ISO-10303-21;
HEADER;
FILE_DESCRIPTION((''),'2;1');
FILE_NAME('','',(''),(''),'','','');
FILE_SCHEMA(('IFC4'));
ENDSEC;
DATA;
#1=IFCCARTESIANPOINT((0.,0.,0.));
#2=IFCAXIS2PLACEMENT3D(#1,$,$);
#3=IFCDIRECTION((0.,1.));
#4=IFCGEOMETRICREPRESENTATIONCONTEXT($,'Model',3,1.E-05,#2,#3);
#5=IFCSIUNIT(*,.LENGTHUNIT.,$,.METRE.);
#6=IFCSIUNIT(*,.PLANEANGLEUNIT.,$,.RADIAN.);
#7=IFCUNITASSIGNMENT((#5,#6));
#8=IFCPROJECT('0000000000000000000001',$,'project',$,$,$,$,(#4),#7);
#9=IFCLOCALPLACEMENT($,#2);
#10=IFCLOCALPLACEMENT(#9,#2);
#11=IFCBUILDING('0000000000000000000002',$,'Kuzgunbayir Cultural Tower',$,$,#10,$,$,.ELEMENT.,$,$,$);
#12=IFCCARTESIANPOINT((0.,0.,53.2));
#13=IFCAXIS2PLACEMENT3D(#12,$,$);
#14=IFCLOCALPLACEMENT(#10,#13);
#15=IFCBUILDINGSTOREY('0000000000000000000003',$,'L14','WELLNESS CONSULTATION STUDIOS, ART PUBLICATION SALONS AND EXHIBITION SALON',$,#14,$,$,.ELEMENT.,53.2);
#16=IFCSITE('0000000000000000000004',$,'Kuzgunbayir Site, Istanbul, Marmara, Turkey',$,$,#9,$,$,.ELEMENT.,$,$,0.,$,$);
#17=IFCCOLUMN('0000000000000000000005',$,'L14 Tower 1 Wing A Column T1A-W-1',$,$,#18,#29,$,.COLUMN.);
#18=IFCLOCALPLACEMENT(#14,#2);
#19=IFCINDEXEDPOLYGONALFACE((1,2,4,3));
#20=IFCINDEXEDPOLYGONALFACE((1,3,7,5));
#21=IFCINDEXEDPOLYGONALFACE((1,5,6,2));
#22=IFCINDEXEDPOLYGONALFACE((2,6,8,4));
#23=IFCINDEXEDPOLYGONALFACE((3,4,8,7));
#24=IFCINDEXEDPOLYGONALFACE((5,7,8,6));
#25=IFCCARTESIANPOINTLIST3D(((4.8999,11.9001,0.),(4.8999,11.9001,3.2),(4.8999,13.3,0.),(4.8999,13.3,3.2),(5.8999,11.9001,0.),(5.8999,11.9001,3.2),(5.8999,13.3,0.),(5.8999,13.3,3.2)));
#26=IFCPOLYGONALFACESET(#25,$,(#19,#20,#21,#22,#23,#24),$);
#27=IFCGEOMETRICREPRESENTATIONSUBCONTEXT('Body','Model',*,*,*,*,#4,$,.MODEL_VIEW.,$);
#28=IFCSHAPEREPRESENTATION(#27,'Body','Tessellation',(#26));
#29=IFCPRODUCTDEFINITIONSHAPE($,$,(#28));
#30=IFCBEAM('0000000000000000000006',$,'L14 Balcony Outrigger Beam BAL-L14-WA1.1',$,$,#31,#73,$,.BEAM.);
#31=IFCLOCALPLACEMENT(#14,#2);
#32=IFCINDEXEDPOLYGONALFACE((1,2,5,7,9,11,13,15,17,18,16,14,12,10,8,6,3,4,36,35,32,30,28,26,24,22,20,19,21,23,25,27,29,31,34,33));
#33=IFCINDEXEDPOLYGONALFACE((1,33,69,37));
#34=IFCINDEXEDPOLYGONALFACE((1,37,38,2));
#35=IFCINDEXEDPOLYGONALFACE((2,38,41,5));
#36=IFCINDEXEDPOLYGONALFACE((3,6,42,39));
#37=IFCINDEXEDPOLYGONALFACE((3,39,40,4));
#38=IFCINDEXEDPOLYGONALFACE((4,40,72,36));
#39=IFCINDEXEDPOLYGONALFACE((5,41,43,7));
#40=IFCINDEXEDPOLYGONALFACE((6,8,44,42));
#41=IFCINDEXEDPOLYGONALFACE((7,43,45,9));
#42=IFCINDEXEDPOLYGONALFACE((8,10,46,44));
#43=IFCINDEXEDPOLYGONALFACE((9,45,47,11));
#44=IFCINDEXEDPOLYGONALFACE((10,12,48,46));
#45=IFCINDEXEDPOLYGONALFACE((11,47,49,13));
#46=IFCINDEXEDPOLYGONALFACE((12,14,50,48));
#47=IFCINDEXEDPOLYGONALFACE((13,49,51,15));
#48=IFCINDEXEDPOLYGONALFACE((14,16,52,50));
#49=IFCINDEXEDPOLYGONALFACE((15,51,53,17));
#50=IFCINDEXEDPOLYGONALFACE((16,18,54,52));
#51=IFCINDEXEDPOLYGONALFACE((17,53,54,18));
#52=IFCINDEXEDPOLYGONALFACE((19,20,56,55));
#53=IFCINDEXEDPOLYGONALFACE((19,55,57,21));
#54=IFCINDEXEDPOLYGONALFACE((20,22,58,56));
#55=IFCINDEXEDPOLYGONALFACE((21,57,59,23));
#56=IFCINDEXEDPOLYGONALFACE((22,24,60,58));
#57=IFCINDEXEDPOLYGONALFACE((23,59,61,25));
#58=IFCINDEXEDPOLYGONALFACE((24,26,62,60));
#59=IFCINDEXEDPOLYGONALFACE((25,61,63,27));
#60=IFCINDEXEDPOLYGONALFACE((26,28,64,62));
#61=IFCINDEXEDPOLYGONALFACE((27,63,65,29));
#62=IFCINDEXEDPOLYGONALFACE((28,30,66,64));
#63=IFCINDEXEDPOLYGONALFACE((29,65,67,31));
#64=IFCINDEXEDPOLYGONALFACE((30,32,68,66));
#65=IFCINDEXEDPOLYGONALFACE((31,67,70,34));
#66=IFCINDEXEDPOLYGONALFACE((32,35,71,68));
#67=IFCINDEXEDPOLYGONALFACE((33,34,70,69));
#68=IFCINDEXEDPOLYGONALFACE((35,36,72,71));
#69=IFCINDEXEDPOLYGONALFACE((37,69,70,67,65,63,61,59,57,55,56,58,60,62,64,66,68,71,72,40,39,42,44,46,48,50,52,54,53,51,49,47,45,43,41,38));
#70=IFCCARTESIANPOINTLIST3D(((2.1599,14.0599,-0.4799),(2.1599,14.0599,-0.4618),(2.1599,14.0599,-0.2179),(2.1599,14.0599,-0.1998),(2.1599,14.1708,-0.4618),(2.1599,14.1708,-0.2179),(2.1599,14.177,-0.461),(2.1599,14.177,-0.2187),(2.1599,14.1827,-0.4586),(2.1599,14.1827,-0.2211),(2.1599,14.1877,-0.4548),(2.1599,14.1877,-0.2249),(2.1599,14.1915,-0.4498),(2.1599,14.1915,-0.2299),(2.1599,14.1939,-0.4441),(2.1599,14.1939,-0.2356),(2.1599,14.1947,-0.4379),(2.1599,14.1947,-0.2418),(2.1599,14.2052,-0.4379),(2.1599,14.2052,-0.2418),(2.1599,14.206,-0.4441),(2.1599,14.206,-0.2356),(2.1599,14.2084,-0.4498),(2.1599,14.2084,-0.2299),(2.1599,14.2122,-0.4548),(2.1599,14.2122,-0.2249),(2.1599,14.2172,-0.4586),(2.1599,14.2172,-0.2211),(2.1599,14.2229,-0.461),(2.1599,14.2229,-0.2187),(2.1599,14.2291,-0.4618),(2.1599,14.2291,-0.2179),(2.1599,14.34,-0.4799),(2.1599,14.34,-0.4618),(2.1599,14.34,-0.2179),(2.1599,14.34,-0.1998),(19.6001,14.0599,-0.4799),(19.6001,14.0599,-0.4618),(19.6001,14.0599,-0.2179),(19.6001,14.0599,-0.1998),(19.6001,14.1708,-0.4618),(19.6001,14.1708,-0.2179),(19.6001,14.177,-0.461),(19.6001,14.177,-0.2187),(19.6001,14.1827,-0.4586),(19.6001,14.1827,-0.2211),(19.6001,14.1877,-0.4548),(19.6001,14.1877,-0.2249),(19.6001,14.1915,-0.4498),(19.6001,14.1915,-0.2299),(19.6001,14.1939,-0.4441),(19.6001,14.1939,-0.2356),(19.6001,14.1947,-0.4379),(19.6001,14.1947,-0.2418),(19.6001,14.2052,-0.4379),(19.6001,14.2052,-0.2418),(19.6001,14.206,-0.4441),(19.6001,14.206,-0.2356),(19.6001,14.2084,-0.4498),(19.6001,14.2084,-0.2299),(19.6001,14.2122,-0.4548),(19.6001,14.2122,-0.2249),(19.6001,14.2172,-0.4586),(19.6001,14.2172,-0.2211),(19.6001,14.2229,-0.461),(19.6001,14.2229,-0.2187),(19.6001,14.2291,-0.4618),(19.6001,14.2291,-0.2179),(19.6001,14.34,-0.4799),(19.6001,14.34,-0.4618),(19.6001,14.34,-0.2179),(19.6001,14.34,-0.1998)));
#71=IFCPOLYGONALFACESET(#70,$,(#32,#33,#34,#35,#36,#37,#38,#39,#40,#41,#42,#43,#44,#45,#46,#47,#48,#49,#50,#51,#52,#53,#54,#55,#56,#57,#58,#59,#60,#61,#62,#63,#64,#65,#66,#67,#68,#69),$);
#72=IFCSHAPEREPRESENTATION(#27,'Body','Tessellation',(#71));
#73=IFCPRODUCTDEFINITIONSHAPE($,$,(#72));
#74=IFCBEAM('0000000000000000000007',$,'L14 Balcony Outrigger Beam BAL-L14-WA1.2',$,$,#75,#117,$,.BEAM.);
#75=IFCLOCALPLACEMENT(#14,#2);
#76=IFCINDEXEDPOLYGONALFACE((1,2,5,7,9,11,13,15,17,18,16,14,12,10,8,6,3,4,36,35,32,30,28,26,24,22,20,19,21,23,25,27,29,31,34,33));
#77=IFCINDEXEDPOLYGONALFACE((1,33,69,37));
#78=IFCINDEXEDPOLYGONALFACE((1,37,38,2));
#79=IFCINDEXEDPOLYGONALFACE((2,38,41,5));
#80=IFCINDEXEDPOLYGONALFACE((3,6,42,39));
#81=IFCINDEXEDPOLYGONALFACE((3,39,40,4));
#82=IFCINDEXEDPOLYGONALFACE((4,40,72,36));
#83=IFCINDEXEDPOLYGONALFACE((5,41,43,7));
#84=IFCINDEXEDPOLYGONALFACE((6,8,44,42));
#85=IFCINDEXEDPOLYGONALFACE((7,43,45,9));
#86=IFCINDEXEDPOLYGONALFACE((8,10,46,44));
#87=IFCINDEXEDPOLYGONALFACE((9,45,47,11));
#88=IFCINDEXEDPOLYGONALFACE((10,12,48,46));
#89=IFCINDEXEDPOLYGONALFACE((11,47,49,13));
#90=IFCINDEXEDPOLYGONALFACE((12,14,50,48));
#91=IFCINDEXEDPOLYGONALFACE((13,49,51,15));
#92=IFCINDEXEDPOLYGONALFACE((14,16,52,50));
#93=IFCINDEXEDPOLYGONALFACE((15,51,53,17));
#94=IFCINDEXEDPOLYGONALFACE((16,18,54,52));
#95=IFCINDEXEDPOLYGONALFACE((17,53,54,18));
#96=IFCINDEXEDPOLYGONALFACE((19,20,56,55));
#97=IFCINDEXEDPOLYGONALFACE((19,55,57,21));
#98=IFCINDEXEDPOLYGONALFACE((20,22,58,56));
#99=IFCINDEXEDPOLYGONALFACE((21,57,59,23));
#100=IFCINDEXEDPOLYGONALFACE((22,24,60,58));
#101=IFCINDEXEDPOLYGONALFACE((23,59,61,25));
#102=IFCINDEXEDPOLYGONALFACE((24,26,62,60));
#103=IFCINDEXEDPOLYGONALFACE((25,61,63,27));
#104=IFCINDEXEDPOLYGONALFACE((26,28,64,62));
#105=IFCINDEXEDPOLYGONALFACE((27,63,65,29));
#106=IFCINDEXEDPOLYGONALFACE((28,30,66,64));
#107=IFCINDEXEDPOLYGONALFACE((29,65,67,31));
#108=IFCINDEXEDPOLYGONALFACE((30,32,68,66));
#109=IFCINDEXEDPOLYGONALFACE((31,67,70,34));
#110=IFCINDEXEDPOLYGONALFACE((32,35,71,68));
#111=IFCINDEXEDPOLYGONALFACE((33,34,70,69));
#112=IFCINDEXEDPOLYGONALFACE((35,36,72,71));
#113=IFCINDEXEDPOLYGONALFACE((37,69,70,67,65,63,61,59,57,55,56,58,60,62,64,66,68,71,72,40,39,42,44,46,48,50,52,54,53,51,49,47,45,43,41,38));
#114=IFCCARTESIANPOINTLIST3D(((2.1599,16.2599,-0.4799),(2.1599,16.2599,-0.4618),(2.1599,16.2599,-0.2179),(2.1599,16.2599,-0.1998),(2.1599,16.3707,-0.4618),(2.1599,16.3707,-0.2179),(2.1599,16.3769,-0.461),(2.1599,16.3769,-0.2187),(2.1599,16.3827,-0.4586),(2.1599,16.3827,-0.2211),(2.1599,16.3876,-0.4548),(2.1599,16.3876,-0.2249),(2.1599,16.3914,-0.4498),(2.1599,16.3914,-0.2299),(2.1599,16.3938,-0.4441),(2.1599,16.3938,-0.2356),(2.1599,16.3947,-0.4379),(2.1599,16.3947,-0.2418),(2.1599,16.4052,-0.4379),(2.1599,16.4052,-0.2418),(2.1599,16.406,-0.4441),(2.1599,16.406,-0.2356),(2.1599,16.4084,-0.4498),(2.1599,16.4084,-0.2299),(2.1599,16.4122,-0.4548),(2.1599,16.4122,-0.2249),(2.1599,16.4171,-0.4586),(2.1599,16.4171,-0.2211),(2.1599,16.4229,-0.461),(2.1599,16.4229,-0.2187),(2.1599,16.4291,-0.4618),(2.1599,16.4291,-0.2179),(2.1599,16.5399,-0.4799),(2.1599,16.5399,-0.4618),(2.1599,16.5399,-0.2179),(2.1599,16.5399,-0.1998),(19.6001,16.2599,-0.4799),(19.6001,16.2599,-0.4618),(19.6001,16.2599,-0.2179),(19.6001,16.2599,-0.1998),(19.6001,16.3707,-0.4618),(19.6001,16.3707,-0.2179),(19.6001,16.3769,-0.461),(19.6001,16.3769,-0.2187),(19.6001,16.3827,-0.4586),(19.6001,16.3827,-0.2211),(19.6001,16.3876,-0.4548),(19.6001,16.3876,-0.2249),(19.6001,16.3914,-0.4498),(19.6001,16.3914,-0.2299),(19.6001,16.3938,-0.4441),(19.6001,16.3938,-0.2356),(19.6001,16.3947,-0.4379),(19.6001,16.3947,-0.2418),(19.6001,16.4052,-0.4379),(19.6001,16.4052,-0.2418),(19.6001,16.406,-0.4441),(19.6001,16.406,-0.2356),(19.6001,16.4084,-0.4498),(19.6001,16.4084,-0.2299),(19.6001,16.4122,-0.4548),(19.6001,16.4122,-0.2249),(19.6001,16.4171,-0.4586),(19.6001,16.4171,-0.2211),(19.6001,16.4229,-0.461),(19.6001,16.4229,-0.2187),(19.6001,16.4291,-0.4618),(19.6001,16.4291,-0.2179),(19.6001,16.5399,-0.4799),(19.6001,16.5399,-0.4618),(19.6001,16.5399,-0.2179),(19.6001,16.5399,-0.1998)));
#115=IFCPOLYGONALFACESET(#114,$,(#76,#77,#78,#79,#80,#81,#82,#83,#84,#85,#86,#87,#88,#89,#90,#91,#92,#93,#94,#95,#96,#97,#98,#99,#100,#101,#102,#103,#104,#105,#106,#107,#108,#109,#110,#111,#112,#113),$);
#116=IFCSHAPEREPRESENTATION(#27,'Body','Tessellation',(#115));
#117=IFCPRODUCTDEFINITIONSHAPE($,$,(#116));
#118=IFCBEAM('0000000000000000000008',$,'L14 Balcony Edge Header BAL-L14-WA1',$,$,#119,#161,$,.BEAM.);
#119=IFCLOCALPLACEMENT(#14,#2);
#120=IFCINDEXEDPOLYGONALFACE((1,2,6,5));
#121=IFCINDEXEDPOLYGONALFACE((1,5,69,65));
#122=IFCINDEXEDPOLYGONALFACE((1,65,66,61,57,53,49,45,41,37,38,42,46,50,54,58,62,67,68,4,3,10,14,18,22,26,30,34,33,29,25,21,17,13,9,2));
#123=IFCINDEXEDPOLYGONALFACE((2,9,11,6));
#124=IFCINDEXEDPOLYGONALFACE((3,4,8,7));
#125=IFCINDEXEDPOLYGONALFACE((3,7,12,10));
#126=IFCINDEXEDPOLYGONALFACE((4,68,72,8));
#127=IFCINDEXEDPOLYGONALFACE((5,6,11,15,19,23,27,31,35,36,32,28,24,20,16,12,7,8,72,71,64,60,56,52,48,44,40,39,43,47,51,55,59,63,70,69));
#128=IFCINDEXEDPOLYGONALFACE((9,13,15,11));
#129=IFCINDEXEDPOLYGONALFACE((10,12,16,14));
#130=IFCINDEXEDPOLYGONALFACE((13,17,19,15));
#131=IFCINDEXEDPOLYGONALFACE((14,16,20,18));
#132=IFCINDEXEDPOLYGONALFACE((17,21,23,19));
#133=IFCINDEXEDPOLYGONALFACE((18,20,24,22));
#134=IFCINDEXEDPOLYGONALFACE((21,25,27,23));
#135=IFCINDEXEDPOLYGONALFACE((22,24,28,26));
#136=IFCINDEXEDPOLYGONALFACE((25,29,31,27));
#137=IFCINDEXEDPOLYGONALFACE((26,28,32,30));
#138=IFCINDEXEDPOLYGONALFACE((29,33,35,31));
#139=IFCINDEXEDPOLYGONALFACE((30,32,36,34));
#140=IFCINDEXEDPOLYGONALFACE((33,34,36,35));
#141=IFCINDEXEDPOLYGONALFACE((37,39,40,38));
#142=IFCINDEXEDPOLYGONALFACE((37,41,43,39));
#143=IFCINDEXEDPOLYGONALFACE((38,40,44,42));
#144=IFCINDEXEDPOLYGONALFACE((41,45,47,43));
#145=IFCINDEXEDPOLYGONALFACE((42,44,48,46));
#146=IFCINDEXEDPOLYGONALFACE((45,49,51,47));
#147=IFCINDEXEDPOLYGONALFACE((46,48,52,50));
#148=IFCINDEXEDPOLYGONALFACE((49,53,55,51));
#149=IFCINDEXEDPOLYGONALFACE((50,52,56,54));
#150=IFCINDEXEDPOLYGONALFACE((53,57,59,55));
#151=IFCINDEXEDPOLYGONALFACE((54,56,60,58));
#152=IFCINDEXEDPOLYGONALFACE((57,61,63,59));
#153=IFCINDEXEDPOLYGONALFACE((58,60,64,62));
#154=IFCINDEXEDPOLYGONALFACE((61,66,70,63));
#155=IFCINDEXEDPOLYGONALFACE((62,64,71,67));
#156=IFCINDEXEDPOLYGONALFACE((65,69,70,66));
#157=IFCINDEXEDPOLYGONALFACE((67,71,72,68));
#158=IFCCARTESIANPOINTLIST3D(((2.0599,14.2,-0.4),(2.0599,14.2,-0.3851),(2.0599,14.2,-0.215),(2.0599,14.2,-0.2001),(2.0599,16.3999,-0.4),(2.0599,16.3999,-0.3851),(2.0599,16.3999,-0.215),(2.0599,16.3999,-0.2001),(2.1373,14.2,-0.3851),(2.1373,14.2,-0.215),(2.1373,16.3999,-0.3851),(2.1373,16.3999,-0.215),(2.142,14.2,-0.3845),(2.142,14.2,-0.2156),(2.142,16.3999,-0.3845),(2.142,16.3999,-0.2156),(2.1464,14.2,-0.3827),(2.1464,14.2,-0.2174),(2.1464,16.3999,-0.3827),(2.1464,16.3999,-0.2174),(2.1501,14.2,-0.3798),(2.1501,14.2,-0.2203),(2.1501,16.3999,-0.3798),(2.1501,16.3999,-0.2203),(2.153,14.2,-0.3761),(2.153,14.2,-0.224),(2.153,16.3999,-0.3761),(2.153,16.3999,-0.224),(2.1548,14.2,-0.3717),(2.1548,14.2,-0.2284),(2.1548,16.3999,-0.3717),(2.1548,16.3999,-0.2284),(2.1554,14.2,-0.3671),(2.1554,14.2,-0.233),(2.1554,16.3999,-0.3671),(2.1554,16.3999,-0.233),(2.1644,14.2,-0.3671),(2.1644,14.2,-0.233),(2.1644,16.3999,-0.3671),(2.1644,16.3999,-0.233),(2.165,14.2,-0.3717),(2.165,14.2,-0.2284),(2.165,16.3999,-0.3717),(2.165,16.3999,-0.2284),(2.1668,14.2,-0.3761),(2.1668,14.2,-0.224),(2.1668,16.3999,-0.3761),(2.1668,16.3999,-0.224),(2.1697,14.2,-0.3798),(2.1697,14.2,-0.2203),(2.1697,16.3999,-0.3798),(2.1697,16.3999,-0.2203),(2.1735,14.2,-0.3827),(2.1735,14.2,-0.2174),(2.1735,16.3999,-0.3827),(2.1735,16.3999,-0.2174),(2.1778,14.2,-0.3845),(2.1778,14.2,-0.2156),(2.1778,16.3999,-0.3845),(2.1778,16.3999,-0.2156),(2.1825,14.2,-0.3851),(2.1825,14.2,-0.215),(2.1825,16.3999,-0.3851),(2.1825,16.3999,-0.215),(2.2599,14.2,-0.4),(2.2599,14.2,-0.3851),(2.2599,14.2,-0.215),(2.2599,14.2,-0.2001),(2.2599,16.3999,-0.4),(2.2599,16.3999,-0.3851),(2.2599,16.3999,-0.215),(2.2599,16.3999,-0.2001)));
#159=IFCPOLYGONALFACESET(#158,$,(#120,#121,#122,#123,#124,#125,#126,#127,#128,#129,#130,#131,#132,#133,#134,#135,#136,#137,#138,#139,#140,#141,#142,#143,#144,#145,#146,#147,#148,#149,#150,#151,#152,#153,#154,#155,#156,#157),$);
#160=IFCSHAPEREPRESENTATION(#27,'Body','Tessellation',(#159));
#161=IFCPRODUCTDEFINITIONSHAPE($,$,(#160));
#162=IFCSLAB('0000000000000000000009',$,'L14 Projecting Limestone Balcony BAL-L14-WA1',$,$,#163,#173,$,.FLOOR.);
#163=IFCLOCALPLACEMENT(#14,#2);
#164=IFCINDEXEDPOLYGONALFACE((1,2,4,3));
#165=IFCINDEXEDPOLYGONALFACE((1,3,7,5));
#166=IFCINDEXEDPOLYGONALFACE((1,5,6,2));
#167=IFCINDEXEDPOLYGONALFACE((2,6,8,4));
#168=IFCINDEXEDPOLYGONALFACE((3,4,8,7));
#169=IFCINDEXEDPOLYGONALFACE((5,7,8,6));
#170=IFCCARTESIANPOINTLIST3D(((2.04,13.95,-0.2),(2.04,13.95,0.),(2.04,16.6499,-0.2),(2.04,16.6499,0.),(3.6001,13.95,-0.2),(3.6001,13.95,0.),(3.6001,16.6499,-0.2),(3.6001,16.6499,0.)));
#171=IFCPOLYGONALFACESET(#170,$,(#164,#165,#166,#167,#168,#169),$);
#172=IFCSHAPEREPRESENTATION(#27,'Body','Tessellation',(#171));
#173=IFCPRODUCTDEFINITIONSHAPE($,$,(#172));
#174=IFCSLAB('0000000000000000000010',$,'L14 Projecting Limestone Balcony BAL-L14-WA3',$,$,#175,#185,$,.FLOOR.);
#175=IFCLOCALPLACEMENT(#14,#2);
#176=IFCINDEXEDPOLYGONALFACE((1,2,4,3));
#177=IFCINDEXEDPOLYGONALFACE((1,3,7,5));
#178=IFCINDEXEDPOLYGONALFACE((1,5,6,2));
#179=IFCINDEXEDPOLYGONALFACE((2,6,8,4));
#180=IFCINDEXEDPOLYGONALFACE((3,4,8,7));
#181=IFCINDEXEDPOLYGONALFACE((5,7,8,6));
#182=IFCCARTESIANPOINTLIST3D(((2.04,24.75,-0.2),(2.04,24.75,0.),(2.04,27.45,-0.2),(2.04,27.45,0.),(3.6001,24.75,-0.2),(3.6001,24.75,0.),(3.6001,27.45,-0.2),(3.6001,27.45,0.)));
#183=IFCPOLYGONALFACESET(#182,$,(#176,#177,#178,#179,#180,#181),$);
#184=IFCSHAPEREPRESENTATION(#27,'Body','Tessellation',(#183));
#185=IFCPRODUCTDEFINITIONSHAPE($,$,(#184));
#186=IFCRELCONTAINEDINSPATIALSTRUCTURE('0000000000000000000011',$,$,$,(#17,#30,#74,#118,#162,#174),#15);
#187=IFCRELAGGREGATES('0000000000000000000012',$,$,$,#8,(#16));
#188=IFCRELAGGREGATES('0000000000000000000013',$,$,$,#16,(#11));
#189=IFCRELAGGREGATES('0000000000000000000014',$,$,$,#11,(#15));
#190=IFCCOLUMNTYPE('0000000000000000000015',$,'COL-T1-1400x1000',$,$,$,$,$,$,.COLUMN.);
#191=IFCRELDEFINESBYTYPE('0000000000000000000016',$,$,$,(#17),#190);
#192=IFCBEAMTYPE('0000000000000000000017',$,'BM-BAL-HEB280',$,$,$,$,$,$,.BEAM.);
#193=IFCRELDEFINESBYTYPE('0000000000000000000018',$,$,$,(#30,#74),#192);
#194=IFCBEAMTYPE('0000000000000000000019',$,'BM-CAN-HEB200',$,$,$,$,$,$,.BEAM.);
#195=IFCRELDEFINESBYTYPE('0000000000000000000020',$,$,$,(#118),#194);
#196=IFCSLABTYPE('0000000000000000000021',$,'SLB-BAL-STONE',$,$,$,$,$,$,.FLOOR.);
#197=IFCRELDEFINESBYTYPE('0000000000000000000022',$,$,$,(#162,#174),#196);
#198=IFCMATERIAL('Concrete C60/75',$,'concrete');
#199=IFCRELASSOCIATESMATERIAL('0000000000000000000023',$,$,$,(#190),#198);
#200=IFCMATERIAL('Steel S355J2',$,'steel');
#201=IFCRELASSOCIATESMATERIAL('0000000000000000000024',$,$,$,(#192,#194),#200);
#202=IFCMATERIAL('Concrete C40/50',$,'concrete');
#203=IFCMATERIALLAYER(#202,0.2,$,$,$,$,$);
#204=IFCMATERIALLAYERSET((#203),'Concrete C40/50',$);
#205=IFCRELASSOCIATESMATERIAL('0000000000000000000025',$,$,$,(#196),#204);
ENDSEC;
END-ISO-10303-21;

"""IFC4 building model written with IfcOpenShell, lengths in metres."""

from ifc_helpers import new_model, si_unit, direction, frame, origin, origin_2d, place, context, subcontext, project, spatial, polyline, rectangle, i_section, outline, extrude, material, layer, layer_set, material_profile, profile_set, type_object, element, save


model = new_model("IFC4")

# Units and contexts
model_context = context("Model", 3, precision=1e-05, world=origin(), true_north=direction((0.0, 1.0)))
body_context = subcontext(model_context, "Body", "Model", "MODEL_VIEW")
ifc_project = project(units=[si_unit("LENGTHUNIT", "METRE"), si_unit("PLANEANGLEUNIT", "RADIAN")], contexts=[model_context])

# Site, building, storey
site_placement = place(None, origin())
site = spatial("IfcSite", under=ifc_project, at=site_placement, Name="Kuzgunbayir Site, Istanbul, Marmara, Turkey", CompositionType="ELEMENT", RefElevation=0.0)
building_placement = place(site_placement, origin())
building = spatial("IfcBuilding", under=site, at=building_placement, Name="Kuzgunbayir Cultural Tower", CompositionType="ELEMENT")
storey_placement = place(building_placement, frame((0.0, 0.0, 53.2)))
storey = spatial("IfcBuildingStorey", under=building, at=storey_placement, Name="L14", Description="WELLNESS CONSULTATION STUDIOS, ART PUBLICATION SALONS AND EXHIBITION SALON", CompositionType="ELEMENT", Elevation=53.2)

# Column
ifc_material_1 = material(Name="Concrete C60/75", Category="concrete")
ifc_material_profile_1 = material_profile(ifc_material_1, rectangle(XDim=1.0, YDim=1.3999, at=origin_2d()), Name="RC 1400x1000")
ifc_profile_set_1 = profile_set([ifc_material_profile_1], Name="Concrete C60/75")
column_type = type_object("IfcColumnType", Name="COL-T1-1400x1000", PredefinedType="COLUMN", material=ifc_profile_set_1)
column_placement = place(storey_placement, frame((5.3999, 12.6001, 0.0), z_axis=(0.0, 0.0, 1.0), x_axis=(1.0, 0.0, 0.0)))
element("IfcColumn", 1, at=column_placement, inside=storey, type_object=column_type, Name="L14 Tower 1 Wing A Column T1A-W-1", PredefinedType="COLUMN", context=body_context, shape_type="SweptSolid", body=[
    extrude(rectangle(XDim=1.0, YDim=1.3999, at=origin_2d()), origin(), (0.0, 0.0, 1.0), 3.2),
])

# Beams
ifc_material_2 = material(Name="Steel S355J2", Category="steel")
ifc_material_profile_2 = material_profile(ifc_material_2, i_section(OverallWidth=0.28, OverallDepth=0.28, WebThickness=0.0105, FlangeThickness=0.0181, FilletRadius=0.0239, at=origin_2d()), Name="HEB 280")
ifc_profile_set_2 = profile_set([ifc_material_profile_2], Name="Steel S355J2")
beam_type_1 = type_object("IfcBeamType", Name="BM-BAL-HEB280", PredefinedType="BEAM", material=ifc_profile_set_2)
for number, where, z_axis, x_axis, name in (
    (2, (2.1599, 14.2, -0.3398), (1.0, 0.0, 0.0), (0.0, 1.0, 0.0), "L14 Balcony Outrigger Beam BAL-L14-WA1.1"),
    (3, (2.1599, 16.3999, -0.3398), (1.0, 0.0, 0.0), (0.0, 1.0, 0.0), "L14 Balcony Outrigger Beam BAL-L14-WA1.2"),
):
    element("IfcBeam", number, at=place(storey_placement, frame(where, z_axis=z_axis, x_axis=x_axis)), inside=storey, type_object=beam_type_1, Name=name, PredefinedType="BEAM", context=body_context, shape_type="SweptSolid", body=[
        extrude(i_section(OverallWidth=0.28, OverallDepth=0.28, WebThickness=0.0105, FlangeThickness=0.0181, FilletRadius=0.0239, at=origin_2d()), origin(), (0.0, 0.0, 1.0), 17.4402),
    ])
ifc_material_profile_3 = material_profile(ifc_material_2, i_section(OverallWidth=0.2, OverallDepth=0.2, WebThickness=0.009, FlangeThickness=0.0149, FilletRadius=0.0181, at=origin_2d()), Name="HEB 200")
ifc_profile_set_3 = profile_set([ifc_material_profile_3], Name="Steel S355J2")
beam_type_2 = type_object("IfcBeamType", Name="BM-CAN-HEB200", PredefinedType="BEAM", material=ifc_profile_set_3)
beam_placement = place(storey_placement, frame((2.1599, 14.2, -0.3), z_axis=(0.0, 1.0, 0.0), x_axis=(-1.0, 0.0, 0.0)))
element("IfcBeam", 4, at=beam_placement, inside=storey, type_object=beam_type_2, Name="L14 Balcony Edge Header BAL-L14-WA1", PredefinedType="BEAM", context=body_context, shape_type="SweptSolid", body=[
    extrude(i_section(OverallWidth=0.2, OverallDepth=0.2, WebThickness=0.009, FlangeThickness=0.0149, FilletRadius=0.0181, at=origin_2d()), origin(), (0.0, 0.0, 1.0), 2.2),
])

# Slabs
ifc_material_3 = material(Name="Concrete C40/50", Category="concrete")
ifc_layer_1 = layer(ifc_material_3, 0.2)
ifc_layer_set_1 = layer_set([ifc_layer_1], Name="Concrete C40/50")
slab_type_1 = type_object("IfcSlabType", Name="SLB-BAL-STONE", PredefinedType="FLOOR", material=ifc_layer_set_1)
slab_1_placement = place(storey_placement, frame((0.0, 0.0, -0.2)))
element("IfcSlab", 5, at=slab_1_placement, inside=storey, type_object=slab_type_1, Name="L14 Projecting Limestone Balcony BAL-L14-WA1", PredefinedType="FLOOR", context=body_context, shape_type="SweptSolid", body=[
    extrude(outline(polyline([(2.04, 13.95), (3.6001, 13.95), (3.6001, 16.6499), (2.04, 16.6499), (2.04, 13.95)])), origin(), (0.0, 0.0, 1.0), 0.2),
])
slab_2_placement = place(storey_placement, frame((0.0, 0.0, -0.2)))
element("IfcSlab", 6, at=slab_2_placement, inside=storey, type_object=slab_type_1, Name="L14 Projecting Limestone Balcony BAL-L14-WA3", PredefinedType="FLOOR", context=body_context, shape_type="SweptSolid", body=[
    extrude(outline(polyline([(2.04, 24.75), (3.6001, 24.75), (3.6001, 27.45), (2.04, 27.45), (2.04, 24.75)])), origin(), (0.0, 0.0, 1.0), 0.2),
])

save(model, "model.ifc")
